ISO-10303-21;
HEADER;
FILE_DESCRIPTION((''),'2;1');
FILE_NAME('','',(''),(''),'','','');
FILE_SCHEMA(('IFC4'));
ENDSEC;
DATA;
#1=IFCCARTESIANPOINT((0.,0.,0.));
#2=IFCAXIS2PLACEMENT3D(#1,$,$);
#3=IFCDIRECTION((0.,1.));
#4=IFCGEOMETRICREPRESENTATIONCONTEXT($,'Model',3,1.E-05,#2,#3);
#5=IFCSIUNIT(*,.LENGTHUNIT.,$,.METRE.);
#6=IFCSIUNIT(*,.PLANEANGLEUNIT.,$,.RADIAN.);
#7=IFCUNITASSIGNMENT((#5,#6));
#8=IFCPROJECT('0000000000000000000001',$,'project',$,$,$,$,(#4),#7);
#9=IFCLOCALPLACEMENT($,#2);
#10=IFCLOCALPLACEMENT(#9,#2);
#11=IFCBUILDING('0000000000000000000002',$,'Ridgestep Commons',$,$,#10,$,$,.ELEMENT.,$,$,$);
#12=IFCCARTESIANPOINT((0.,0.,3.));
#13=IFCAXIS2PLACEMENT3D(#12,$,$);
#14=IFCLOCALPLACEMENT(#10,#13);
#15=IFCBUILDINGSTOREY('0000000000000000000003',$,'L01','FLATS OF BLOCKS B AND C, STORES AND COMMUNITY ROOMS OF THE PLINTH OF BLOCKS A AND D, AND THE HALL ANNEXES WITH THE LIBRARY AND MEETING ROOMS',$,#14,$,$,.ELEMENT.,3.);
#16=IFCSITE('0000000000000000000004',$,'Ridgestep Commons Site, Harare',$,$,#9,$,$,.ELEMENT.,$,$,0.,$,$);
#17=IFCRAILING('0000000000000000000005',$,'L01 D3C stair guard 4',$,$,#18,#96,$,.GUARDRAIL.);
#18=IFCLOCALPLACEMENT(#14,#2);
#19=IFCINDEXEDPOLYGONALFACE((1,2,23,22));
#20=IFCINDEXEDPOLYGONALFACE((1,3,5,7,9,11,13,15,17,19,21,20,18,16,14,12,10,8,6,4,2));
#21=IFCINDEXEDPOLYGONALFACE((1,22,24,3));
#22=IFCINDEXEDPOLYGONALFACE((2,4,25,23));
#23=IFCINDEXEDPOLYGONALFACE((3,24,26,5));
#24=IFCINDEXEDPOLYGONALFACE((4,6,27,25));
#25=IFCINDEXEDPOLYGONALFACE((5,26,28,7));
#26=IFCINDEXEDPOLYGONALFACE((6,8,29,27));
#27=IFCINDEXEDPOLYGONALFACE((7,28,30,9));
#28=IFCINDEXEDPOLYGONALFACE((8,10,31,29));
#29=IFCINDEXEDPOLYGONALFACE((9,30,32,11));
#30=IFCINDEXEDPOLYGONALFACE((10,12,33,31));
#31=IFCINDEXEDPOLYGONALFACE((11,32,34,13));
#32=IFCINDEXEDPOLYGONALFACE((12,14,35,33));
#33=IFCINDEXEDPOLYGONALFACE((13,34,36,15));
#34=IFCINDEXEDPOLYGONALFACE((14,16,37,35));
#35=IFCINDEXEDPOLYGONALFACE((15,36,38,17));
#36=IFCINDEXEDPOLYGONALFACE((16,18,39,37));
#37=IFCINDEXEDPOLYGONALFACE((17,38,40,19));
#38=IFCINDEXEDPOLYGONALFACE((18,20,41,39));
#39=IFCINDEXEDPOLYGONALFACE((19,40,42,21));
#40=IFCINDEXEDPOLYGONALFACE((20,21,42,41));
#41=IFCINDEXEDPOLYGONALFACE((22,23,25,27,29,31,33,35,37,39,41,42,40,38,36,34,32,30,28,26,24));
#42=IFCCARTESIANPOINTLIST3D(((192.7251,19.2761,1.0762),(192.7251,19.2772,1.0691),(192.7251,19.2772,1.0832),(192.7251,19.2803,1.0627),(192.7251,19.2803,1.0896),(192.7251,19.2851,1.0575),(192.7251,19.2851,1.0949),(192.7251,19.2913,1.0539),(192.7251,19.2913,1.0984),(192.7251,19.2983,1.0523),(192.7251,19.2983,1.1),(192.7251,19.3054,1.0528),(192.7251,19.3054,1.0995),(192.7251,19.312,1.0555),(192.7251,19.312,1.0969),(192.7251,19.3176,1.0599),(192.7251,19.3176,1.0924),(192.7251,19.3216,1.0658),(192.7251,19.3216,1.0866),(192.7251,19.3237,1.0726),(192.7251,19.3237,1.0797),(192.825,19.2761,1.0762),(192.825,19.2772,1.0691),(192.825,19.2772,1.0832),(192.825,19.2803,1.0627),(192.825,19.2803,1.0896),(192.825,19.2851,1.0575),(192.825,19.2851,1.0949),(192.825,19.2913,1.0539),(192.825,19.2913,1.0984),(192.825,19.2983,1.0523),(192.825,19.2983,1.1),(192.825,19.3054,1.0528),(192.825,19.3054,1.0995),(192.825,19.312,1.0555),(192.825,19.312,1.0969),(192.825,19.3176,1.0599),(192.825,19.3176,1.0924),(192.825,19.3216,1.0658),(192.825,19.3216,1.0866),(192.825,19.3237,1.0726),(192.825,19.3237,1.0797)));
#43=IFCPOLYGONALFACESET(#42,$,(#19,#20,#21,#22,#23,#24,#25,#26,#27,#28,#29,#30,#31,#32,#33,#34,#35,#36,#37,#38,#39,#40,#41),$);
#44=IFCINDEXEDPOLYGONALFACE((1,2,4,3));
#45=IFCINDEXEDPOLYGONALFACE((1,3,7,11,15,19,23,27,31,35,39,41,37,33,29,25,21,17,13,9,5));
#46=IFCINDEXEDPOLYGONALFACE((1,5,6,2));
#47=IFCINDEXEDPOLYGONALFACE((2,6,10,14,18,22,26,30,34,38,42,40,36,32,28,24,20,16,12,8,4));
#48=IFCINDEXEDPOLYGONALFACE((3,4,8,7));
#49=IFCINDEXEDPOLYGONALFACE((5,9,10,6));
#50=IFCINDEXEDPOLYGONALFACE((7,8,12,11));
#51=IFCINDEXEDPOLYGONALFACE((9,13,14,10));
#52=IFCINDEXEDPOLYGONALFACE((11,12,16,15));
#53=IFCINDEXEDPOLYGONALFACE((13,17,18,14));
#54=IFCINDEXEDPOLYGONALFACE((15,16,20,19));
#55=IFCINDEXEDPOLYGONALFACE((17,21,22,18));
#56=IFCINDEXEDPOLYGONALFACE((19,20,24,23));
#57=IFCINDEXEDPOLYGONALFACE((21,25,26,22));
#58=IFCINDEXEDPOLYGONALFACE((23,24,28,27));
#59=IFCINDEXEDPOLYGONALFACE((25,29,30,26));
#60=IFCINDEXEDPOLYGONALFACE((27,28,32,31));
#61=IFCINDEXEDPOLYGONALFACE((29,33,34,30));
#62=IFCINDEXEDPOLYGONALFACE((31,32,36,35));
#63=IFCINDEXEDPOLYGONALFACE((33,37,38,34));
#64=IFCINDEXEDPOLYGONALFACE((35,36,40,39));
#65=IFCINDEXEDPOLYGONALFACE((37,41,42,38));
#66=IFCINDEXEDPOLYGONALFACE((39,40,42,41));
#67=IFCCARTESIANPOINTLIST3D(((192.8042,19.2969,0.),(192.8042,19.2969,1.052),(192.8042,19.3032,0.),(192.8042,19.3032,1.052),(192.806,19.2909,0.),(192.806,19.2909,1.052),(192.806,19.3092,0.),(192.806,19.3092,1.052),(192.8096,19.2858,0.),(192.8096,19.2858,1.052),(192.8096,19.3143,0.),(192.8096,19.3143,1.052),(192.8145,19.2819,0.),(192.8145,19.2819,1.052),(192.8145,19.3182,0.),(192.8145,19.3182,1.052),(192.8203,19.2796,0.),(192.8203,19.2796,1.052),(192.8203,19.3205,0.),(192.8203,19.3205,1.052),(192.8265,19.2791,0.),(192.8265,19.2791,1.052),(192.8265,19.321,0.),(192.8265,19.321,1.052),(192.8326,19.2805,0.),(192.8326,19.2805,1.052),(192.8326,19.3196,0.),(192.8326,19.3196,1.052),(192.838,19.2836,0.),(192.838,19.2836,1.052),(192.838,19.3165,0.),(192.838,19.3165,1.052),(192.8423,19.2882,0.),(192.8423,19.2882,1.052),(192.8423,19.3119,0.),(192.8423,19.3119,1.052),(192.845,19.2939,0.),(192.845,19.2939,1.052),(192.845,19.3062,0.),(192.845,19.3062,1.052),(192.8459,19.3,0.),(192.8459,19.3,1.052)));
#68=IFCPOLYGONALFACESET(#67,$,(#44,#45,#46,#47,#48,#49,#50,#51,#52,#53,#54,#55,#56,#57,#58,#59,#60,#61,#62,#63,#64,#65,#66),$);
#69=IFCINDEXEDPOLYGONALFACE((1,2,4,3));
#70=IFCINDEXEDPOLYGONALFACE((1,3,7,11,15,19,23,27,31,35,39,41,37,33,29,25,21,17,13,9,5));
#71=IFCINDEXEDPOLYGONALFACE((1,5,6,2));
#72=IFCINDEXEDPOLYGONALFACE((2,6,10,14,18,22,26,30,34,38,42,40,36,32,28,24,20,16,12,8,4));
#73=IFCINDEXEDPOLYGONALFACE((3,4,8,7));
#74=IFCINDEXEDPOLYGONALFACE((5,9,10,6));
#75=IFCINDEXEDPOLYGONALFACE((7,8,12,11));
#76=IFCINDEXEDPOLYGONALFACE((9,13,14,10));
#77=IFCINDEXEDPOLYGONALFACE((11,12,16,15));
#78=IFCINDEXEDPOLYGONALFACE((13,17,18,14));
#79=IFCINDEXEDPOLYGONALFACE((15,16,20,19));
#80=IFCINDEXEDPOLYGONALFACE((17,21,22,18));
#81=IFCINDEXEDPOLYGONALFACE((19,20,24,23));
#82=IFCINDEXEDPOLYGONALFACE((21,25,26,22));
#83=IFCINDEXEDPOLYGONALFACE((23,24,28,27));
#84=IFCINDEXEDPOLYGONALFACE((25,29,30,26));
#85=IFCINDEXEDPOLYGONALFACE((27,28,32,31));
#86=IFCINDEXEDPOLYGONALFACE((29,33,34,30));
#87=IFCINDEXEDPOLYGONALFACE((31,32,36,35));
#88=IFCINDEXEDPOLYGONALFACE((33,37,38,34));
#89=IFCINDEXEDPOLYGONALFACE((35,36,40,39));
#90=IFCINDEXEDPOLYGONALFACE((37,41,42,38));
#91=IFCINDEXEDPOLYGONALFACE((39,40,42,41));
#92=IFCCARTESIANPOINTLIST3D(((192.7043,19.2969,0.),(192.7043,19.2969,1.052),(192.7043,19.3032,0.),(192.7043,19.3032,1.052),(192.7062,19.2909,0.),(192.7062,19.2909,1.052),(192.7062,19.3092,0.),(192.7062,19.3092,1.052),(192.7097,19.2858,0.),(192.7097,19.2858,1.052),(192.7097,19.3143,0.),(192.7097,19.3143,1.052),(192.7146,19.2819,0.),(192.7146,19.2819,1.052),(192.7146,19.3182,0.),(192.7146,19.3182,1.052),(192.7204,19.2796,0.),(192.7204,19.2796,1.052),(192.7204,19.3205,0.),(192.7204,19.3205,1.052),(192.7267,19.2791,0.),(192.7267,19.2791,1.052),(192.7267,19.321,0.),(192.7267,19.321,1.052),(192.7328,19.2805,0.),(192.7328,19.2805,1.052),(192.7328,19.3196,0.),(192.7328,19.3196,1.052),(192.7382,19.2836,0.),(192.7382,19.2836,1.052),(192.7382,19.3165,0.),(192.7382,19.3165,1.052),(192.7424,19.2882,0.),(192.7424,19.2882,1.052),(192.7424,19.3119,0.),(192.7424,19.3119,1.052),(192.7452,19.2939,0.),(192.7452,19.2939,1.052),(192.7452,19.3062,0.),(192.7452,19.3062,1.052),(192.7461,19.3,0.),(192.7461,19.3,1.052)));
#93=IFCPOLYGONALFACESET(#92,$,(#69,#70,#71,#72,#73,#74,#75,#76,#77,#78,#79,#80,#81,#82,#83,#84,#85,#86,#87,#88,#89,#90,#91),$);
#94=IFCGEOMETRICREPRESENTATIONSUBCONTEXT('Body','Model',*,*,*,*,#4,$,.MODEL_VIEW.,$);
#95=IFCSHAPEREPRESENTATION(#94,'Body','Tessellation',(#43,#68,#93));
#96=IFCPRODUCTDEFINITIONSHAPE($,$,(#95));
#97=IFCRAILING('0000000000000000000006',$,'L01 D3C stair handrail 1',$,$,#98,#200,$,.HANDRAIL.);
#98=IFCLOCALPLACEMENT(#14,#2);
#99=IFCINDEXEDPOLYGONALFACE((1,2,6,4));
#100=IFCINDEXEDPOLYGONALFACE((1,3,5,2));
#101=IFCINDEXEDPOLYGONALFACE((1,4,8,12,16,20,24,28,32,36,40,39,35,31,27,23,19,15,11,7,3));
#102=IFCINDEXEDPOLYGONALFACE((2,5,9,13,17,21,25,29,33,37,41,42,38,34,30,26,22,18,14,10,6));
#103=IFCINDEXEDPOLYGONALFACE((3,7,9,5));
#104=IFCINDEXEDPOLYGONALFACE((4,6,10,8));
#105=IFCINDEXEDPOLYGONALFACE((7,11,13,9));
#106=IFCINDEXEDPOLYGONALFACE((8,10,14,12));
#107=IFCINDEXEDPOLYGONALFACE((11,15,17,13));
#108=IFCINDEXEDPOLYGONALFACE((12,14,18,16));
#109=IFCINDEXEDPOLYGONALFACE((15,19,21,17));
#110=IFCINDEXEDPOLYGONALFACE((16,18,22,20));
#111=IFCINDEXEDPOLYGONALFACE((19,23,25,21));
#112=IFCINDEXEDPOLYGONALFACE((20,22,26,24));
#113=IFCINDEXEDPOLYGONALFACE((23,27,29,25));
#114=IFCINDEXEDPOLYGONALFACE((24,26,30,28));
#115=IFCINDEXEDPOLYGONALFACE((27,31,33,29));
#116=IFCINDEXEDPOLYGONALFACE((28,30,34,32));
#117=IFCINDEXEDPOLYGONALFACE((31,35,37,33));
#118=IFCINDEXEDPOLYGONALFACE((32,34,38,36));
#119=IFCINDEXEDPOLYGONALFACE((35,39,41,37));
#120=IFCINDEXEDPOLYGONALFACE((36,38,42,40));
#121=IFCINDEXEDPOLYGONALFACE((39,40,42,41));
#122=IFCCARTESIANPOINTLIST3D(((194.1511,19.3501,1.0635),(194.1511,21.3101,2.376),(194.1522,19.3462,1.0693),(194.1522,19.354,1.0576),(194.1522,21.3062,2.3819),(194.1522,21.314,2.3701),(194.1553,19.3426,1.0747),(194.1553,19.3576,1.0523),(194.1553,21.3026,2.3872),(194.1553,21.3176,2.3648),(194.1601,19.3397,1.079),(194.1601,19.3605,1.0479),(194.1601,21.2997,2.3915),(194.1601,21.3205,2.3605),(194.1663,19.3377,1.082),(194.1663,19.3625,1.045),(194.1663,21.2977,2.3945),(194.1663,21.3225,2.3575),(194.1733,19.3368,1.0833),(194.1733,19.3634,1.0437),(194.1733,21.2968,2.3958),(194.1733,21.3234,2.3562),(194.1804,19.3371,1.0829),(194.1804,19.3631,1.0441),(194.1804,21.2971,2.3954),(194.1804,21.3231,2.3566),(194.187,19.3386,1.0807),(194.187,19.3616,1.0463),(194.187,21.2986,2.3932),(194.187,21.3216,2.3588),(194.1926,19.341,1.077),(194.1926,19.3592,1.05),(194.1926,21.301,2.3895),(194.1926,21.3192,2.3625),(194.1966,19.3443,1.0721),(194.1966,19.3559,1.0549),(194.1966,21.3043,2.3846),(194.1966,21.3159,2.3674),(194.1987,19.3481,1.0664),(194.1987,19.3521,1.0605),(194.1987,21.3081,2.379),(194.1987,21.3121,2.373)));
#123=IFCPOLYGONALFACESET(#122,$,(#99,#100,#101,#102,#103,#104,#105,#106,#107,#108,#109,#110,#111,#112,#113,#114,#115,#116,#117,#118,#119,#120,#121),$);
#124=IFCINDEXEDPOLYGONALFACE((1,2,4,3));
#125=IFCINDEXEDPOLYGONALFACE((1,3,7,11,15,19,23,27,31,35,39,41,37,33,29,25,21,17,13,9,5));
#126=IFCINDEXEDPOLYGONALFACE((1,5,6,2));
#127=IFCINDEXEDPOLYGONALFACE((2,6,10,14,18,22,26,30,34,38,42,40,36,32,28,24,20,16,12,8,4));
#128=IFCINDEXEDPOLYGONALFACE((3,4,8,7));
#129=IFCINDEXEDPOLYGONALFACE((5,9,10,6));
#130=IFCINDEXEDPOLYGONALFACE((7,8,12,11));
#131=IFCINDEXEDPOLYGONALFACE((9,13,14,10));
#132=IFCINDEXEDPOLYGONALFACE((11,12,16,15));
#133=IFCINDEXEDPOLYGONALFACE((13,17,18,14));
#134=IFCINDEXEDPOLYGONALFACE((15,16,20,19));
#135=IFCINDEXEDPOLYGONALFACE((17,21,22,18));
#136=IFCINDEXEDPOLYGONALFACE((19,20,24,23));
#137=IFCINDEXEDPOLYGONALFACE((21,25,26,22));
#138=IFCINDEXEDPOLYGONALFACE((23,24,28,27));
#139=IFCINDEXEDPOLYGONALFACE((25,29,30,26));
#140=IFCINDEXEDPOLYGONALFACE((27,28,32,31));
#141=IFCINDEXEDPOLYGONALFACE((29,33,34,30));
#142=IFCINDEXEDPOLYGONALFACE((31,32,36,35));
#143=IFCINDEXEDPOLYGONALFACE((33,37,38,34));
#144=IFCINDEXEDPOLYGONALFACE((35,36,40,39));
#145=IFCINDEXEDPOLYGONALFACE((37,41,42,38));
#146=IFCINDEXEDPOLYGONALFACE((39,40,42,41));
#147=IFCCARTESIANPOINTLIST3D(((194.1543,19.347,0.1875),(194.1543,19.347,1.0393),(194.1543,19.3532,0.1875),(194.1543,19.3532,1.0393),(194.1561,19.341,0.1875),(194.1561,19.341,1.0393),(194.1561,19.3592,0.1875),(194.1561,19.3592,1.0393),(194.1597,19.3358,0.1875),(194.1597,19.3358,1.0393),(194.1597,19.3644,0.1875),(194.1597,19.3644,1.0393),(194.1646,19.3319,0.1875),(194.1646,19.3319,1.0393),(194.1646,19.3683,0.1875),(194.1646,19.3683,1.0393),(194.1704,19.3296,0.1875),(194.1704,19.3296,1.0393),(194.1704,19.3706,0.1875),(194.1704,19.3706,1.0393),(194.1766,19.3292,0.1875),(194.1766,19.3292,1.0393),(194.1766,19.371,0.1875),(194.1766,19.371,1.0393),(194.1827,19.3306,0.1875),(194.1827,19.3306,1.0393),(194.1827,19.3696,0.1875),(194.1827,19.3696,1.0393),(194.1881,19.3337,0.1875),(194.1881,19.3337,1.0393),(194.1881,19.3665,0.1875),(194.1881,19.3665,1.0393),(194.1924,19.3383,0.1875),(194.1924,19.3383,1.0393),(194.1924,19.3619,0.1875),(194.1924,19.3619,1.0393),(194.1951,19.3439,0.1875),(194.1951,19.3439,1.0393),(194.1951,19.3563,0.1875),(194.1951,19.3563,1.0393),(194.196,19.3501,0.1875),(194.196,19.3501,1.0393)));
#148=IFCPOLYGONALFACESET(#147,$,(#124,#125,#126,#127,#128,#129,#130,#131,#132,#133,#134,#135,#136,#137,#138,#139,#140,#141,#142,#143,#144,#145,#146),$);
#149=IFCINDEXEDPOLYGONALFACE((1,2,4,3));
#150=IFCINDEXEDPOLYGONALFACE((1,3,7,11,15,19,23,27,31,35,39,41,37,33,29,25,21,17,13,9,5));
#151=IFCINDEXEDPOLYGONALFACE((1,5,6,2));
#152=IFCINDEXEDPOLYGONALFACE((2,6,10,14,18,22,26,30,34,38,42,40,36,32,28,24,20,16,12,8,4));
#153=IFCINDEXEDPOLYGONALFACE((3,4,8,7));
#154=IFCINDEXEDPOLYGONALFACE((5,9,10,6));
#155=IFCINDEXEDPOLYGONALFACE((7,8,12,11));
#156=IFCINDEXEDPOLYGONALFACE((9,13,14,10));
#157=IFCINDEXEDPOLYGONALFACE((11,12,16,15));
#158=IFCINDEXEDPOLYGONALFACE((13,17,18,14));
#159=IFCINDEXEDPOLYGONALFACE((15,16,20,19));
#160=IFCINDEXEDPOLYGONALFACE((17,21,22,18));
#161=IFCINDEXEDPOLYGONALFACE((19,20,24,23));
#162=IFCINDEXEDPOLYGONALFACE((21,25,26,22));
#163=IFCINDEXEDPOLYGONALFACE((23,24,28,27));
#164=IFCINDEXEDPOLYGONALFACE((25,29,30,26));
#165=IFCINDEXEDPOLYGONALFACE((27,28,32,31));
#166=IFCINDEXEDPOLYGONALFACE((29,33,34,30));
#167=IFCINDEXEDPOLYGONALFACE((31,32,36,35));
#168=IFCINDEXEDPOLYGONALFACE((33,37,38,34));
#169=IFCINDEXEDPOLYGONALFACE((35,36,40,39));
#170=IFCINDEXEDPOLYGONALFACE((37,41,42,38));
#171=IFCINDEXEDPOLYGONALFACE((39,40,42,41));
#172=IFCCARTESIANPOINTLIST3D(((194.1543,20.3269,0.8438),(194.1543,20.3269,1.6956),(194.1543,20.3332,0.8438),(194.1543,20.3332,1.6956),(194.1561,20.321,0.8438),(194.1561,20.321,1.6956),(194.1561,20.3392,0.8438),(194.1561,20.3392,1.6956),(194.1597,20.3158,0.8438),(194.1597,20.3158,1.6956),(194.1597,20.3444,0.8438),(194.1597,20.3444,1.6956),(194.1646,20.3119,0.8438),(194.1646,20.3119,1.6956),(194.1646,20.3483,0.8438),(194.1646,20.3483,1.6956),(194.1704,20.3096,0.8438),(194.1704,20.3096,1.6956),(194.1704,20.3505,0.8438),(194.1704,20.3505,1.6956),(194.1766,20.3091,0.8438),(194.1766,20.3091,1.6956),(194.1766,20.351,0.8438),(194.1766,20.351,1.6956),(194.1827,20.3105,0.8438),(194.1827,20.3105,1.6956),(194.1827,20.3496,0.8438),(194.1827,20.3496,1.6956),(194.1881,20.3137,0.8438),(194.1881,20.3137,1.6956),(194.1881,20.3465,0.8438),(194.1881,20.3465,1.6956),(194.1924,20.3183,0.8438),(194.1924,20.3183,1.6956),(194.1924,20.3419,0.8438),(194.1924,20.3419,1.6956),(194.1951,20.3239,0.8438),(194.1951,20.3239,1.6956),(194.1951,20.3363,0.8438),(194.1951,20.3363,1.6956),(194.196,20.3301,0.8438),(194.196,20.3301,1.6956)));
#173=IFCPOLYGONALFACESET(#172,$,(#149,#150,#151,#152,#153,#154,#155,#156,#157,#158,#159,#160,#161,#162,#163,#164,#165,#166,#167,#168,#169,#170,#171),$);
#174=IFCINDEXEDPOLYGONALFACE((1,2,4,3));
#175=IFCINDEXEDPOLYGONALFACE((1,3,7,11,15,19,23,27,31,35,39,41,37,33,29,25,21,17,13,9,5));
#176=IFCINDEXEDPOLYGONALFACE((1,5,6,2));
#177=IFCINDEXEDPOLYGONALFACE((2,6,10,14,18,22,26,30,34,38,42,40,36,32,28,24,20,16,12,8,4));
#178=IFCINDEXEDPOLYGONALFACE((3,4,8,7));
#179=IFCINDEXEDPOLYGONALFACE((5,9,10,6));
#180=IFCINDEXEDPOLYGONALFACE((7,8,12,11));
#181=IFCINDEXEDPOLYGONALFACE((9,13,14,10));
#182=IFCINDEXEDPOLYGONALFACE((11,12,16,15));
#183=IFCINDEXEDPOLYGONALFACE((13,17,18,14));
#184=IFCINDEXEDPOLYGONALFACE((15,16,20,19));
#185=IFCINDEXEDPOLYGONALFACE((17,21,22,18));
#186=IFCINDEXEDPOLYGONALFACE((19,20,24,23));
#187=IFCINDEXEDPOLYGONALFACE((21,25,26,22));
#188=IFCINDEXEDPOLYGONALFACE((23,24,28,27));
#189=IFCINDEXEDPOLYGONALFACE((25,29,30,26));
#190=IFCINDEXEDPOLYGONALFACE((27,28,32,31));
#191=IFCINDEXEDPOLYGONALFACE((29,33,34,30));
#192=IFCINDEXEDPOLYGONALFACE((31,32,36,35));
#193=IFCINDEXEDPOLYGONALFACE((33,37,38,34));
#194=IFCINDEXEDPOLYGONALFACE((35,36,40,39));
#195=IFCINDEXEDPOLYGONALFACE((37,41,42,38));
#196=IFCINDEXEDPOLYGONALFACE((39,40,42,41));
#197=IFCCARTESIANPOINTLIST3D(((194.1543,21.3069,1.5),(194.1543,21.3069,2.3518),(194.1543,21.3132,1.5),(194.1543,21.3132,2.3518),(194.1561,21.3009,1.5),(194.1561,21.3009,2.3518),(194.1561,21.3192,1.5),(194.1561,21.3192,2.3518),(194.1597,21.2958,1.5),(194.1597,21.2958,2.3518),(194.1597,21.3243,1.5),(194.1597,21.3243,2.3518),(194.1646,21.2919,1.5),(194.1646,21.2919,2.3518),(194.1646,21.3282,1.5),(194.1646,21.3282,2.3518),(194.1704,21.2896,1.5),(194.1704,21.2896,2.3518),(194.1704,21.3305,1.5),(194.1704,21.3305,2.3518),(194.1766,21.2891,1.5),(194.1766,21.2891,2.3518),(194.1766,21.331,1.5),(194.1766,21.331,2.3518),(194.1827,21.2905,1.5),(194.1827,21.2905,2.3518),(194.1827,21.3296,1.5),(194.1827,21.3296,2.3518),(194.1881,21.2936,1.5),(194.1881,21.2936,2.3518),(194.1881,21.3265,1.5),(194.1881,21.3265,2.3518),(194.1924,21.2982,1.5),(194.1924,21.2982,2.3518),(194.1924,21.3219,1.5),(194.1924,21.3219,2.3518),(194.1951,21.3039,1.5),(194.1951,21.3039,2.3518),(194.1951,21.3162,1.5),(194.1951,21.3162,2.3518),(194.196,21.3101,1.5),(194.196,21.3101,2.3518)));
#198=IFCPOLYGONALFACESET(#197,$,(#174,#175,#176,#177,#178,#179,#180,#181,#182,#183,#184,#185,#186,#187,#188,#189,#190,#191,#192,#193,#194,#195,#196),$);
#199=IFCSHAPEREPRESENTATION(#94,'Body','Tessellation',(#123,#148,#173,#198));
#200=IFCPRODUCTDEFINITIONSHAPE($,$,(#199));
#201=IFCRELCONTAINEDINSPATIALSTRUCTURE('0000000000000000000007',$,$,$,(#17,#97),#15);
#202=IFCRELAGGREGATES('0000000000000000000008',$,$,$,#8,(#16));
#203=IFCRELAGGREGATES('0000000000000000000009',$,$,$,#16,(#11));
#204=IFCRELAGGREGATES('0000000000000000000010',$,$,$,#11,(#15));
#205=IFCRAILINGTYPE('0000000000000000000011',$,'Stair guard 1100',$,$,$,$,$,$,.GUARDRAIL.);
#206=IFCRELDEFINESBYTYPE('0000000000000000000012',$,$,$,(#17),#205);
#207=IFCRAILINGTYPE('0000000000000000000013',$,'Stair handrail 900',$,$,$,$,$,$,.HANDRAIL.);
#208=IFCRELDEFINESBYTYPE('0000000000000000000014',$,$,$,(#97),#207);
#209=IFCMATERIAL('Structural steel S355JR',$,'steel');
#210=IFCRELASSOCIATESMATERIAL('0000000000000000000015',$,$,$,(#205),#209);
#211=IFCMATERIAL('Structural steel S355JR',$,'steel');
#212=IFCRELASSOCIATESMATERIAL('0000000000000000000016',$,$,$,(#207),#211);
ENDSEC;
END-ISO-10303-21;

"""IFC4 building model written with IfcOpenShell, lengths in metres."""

from ifc_helpers import new_model, si_unit, direction, frame, origin, origin_2d, place, context, subcontext, project, spatial, circle, extrude, material, type_object, element, save


model = new_model("IFC4")

# Units and contexts
model_context = context("Model", 3, precision=1e-05, world=origin(), true_north=direction((0.0, 1.0)))
body_context = subcontext(model_context, "Body", "Model", "MODEL_VIEW")
ifc_project = project(units=[si_unit("LENGTHUNIT", "METRE"), si_unit("PLANEANGLEUNIT", "RADIAN")], contexts=[model_context])

# Site, building, storey
site_placement = place(None, origin())
site = spatial("IfcSite", under=ifc_project, at=site_placement, Name="Ridgestep Commons Site, Harare", CompositionType="ELEMENT", RefElevation=0.0)
building_placement = place(site_placement, origin())
building = spatial("IfcBuilding", under=site, at=building_placement, Name="Ridgestep Commons", CompositionType="ELEMENT")
storey_placement = place(building_placement, frame((0.0, 0.0, 3.0)))
storey = spatial("IfcBuildingStorey", under=building, at=storey_placement, Name="L01", Description="FLATS OF BLOCKS B AND C, STORES AND COMMUNITY ROOMS OF THE PLINTH OF BLOCKS A AND D, AND THE HALL ANNEXES WITH THE LIBRARY AND MEETING ROOMS", CompositionType="ELEMENT", Elevation=3.0)

# Railings
ifc_material_1 = material(Name="Structural steel S355JR", Category="steel")
railing_type_1 = type_object("IfcRailingType", Name="Stair guard 1100", PredefinedType="GUARDRAIL", material=ifc_material_1)
railing_1_placement = place(storey_placement, frame((192.825, 19.3, 0.0)))
element("IfcRailing", 1, at=railing_1_placement, inside=storey, type_object=railing_type_1, Name="L01 D3C stair guard 4", PredefinedType="GUARDRAIL", context=body_context, shape_type="SweptSolid", body=[
    extrude(circle(Radius=0.0239, at=origin_2d()), frame((0.0, 0.0, 1.0762), z_axis=(-1.0, 0.0, 0.0), x_axis=(0.0, -1.0, 0.0)), (0.0, 0.0, 1.0), 0.0999),
    extrude(circle(Radius=0.021, at=origin_2d()), origin(), (0.0, 0.0, 1.0), 1.052),
    extrude(circle(Radius=0.021, at=origin_2d()), frame((-0.0999, 0.0, 0.0)), (0.0, 0.0, 1.0), 1.052),
])
ifc_material_2 = material(Name="Structural steel S355JR", Category="steel")
railing_type_2 = type_object("IfcRailingType", Name="Stair handrail 900", PredefinedType="HANDRAIL", material=ifc_material_2)
railing_2_placement = place(storey_placement, frame((194.175, 19.3501, 0.1875)))
element("IfcRailing", 2, at=railing_2_placement, inside=storey, type_object=railing_type_2, Name="L01 D3C stair handrail 1", PredefinedType="HANDRAIL", context=body_context, shape_type="SweptSolid", body=[
    extrude(circle(Radius=0.0239, at=origin_2d()), frame((0.0, 0.0, 0.876), z_axis=(0.0, 0.830902, 0.556419), x_axis=(-1.0, 0.0, 0.0)), (0.0, 0.0, 1.0), 2.3589),
    extrude(circle(Radius=0.021, at=origin_2d()), origin(), (0.0, 0.0, 1.0), 0.8518),
    extrude(circle(Radius=0.021, at=origin_2d()), frame((0.0, 0.98, 0.6562)), (0.0, 0.0, 1.0), 0.8518),
    extrude(circle(Radius=0.021, at=origin_2d()), frame((0.0, 1.96, 1.3125)), (0.0, 0.0, 1.0), 0.8518),
])

save(model, "model.ifc")
